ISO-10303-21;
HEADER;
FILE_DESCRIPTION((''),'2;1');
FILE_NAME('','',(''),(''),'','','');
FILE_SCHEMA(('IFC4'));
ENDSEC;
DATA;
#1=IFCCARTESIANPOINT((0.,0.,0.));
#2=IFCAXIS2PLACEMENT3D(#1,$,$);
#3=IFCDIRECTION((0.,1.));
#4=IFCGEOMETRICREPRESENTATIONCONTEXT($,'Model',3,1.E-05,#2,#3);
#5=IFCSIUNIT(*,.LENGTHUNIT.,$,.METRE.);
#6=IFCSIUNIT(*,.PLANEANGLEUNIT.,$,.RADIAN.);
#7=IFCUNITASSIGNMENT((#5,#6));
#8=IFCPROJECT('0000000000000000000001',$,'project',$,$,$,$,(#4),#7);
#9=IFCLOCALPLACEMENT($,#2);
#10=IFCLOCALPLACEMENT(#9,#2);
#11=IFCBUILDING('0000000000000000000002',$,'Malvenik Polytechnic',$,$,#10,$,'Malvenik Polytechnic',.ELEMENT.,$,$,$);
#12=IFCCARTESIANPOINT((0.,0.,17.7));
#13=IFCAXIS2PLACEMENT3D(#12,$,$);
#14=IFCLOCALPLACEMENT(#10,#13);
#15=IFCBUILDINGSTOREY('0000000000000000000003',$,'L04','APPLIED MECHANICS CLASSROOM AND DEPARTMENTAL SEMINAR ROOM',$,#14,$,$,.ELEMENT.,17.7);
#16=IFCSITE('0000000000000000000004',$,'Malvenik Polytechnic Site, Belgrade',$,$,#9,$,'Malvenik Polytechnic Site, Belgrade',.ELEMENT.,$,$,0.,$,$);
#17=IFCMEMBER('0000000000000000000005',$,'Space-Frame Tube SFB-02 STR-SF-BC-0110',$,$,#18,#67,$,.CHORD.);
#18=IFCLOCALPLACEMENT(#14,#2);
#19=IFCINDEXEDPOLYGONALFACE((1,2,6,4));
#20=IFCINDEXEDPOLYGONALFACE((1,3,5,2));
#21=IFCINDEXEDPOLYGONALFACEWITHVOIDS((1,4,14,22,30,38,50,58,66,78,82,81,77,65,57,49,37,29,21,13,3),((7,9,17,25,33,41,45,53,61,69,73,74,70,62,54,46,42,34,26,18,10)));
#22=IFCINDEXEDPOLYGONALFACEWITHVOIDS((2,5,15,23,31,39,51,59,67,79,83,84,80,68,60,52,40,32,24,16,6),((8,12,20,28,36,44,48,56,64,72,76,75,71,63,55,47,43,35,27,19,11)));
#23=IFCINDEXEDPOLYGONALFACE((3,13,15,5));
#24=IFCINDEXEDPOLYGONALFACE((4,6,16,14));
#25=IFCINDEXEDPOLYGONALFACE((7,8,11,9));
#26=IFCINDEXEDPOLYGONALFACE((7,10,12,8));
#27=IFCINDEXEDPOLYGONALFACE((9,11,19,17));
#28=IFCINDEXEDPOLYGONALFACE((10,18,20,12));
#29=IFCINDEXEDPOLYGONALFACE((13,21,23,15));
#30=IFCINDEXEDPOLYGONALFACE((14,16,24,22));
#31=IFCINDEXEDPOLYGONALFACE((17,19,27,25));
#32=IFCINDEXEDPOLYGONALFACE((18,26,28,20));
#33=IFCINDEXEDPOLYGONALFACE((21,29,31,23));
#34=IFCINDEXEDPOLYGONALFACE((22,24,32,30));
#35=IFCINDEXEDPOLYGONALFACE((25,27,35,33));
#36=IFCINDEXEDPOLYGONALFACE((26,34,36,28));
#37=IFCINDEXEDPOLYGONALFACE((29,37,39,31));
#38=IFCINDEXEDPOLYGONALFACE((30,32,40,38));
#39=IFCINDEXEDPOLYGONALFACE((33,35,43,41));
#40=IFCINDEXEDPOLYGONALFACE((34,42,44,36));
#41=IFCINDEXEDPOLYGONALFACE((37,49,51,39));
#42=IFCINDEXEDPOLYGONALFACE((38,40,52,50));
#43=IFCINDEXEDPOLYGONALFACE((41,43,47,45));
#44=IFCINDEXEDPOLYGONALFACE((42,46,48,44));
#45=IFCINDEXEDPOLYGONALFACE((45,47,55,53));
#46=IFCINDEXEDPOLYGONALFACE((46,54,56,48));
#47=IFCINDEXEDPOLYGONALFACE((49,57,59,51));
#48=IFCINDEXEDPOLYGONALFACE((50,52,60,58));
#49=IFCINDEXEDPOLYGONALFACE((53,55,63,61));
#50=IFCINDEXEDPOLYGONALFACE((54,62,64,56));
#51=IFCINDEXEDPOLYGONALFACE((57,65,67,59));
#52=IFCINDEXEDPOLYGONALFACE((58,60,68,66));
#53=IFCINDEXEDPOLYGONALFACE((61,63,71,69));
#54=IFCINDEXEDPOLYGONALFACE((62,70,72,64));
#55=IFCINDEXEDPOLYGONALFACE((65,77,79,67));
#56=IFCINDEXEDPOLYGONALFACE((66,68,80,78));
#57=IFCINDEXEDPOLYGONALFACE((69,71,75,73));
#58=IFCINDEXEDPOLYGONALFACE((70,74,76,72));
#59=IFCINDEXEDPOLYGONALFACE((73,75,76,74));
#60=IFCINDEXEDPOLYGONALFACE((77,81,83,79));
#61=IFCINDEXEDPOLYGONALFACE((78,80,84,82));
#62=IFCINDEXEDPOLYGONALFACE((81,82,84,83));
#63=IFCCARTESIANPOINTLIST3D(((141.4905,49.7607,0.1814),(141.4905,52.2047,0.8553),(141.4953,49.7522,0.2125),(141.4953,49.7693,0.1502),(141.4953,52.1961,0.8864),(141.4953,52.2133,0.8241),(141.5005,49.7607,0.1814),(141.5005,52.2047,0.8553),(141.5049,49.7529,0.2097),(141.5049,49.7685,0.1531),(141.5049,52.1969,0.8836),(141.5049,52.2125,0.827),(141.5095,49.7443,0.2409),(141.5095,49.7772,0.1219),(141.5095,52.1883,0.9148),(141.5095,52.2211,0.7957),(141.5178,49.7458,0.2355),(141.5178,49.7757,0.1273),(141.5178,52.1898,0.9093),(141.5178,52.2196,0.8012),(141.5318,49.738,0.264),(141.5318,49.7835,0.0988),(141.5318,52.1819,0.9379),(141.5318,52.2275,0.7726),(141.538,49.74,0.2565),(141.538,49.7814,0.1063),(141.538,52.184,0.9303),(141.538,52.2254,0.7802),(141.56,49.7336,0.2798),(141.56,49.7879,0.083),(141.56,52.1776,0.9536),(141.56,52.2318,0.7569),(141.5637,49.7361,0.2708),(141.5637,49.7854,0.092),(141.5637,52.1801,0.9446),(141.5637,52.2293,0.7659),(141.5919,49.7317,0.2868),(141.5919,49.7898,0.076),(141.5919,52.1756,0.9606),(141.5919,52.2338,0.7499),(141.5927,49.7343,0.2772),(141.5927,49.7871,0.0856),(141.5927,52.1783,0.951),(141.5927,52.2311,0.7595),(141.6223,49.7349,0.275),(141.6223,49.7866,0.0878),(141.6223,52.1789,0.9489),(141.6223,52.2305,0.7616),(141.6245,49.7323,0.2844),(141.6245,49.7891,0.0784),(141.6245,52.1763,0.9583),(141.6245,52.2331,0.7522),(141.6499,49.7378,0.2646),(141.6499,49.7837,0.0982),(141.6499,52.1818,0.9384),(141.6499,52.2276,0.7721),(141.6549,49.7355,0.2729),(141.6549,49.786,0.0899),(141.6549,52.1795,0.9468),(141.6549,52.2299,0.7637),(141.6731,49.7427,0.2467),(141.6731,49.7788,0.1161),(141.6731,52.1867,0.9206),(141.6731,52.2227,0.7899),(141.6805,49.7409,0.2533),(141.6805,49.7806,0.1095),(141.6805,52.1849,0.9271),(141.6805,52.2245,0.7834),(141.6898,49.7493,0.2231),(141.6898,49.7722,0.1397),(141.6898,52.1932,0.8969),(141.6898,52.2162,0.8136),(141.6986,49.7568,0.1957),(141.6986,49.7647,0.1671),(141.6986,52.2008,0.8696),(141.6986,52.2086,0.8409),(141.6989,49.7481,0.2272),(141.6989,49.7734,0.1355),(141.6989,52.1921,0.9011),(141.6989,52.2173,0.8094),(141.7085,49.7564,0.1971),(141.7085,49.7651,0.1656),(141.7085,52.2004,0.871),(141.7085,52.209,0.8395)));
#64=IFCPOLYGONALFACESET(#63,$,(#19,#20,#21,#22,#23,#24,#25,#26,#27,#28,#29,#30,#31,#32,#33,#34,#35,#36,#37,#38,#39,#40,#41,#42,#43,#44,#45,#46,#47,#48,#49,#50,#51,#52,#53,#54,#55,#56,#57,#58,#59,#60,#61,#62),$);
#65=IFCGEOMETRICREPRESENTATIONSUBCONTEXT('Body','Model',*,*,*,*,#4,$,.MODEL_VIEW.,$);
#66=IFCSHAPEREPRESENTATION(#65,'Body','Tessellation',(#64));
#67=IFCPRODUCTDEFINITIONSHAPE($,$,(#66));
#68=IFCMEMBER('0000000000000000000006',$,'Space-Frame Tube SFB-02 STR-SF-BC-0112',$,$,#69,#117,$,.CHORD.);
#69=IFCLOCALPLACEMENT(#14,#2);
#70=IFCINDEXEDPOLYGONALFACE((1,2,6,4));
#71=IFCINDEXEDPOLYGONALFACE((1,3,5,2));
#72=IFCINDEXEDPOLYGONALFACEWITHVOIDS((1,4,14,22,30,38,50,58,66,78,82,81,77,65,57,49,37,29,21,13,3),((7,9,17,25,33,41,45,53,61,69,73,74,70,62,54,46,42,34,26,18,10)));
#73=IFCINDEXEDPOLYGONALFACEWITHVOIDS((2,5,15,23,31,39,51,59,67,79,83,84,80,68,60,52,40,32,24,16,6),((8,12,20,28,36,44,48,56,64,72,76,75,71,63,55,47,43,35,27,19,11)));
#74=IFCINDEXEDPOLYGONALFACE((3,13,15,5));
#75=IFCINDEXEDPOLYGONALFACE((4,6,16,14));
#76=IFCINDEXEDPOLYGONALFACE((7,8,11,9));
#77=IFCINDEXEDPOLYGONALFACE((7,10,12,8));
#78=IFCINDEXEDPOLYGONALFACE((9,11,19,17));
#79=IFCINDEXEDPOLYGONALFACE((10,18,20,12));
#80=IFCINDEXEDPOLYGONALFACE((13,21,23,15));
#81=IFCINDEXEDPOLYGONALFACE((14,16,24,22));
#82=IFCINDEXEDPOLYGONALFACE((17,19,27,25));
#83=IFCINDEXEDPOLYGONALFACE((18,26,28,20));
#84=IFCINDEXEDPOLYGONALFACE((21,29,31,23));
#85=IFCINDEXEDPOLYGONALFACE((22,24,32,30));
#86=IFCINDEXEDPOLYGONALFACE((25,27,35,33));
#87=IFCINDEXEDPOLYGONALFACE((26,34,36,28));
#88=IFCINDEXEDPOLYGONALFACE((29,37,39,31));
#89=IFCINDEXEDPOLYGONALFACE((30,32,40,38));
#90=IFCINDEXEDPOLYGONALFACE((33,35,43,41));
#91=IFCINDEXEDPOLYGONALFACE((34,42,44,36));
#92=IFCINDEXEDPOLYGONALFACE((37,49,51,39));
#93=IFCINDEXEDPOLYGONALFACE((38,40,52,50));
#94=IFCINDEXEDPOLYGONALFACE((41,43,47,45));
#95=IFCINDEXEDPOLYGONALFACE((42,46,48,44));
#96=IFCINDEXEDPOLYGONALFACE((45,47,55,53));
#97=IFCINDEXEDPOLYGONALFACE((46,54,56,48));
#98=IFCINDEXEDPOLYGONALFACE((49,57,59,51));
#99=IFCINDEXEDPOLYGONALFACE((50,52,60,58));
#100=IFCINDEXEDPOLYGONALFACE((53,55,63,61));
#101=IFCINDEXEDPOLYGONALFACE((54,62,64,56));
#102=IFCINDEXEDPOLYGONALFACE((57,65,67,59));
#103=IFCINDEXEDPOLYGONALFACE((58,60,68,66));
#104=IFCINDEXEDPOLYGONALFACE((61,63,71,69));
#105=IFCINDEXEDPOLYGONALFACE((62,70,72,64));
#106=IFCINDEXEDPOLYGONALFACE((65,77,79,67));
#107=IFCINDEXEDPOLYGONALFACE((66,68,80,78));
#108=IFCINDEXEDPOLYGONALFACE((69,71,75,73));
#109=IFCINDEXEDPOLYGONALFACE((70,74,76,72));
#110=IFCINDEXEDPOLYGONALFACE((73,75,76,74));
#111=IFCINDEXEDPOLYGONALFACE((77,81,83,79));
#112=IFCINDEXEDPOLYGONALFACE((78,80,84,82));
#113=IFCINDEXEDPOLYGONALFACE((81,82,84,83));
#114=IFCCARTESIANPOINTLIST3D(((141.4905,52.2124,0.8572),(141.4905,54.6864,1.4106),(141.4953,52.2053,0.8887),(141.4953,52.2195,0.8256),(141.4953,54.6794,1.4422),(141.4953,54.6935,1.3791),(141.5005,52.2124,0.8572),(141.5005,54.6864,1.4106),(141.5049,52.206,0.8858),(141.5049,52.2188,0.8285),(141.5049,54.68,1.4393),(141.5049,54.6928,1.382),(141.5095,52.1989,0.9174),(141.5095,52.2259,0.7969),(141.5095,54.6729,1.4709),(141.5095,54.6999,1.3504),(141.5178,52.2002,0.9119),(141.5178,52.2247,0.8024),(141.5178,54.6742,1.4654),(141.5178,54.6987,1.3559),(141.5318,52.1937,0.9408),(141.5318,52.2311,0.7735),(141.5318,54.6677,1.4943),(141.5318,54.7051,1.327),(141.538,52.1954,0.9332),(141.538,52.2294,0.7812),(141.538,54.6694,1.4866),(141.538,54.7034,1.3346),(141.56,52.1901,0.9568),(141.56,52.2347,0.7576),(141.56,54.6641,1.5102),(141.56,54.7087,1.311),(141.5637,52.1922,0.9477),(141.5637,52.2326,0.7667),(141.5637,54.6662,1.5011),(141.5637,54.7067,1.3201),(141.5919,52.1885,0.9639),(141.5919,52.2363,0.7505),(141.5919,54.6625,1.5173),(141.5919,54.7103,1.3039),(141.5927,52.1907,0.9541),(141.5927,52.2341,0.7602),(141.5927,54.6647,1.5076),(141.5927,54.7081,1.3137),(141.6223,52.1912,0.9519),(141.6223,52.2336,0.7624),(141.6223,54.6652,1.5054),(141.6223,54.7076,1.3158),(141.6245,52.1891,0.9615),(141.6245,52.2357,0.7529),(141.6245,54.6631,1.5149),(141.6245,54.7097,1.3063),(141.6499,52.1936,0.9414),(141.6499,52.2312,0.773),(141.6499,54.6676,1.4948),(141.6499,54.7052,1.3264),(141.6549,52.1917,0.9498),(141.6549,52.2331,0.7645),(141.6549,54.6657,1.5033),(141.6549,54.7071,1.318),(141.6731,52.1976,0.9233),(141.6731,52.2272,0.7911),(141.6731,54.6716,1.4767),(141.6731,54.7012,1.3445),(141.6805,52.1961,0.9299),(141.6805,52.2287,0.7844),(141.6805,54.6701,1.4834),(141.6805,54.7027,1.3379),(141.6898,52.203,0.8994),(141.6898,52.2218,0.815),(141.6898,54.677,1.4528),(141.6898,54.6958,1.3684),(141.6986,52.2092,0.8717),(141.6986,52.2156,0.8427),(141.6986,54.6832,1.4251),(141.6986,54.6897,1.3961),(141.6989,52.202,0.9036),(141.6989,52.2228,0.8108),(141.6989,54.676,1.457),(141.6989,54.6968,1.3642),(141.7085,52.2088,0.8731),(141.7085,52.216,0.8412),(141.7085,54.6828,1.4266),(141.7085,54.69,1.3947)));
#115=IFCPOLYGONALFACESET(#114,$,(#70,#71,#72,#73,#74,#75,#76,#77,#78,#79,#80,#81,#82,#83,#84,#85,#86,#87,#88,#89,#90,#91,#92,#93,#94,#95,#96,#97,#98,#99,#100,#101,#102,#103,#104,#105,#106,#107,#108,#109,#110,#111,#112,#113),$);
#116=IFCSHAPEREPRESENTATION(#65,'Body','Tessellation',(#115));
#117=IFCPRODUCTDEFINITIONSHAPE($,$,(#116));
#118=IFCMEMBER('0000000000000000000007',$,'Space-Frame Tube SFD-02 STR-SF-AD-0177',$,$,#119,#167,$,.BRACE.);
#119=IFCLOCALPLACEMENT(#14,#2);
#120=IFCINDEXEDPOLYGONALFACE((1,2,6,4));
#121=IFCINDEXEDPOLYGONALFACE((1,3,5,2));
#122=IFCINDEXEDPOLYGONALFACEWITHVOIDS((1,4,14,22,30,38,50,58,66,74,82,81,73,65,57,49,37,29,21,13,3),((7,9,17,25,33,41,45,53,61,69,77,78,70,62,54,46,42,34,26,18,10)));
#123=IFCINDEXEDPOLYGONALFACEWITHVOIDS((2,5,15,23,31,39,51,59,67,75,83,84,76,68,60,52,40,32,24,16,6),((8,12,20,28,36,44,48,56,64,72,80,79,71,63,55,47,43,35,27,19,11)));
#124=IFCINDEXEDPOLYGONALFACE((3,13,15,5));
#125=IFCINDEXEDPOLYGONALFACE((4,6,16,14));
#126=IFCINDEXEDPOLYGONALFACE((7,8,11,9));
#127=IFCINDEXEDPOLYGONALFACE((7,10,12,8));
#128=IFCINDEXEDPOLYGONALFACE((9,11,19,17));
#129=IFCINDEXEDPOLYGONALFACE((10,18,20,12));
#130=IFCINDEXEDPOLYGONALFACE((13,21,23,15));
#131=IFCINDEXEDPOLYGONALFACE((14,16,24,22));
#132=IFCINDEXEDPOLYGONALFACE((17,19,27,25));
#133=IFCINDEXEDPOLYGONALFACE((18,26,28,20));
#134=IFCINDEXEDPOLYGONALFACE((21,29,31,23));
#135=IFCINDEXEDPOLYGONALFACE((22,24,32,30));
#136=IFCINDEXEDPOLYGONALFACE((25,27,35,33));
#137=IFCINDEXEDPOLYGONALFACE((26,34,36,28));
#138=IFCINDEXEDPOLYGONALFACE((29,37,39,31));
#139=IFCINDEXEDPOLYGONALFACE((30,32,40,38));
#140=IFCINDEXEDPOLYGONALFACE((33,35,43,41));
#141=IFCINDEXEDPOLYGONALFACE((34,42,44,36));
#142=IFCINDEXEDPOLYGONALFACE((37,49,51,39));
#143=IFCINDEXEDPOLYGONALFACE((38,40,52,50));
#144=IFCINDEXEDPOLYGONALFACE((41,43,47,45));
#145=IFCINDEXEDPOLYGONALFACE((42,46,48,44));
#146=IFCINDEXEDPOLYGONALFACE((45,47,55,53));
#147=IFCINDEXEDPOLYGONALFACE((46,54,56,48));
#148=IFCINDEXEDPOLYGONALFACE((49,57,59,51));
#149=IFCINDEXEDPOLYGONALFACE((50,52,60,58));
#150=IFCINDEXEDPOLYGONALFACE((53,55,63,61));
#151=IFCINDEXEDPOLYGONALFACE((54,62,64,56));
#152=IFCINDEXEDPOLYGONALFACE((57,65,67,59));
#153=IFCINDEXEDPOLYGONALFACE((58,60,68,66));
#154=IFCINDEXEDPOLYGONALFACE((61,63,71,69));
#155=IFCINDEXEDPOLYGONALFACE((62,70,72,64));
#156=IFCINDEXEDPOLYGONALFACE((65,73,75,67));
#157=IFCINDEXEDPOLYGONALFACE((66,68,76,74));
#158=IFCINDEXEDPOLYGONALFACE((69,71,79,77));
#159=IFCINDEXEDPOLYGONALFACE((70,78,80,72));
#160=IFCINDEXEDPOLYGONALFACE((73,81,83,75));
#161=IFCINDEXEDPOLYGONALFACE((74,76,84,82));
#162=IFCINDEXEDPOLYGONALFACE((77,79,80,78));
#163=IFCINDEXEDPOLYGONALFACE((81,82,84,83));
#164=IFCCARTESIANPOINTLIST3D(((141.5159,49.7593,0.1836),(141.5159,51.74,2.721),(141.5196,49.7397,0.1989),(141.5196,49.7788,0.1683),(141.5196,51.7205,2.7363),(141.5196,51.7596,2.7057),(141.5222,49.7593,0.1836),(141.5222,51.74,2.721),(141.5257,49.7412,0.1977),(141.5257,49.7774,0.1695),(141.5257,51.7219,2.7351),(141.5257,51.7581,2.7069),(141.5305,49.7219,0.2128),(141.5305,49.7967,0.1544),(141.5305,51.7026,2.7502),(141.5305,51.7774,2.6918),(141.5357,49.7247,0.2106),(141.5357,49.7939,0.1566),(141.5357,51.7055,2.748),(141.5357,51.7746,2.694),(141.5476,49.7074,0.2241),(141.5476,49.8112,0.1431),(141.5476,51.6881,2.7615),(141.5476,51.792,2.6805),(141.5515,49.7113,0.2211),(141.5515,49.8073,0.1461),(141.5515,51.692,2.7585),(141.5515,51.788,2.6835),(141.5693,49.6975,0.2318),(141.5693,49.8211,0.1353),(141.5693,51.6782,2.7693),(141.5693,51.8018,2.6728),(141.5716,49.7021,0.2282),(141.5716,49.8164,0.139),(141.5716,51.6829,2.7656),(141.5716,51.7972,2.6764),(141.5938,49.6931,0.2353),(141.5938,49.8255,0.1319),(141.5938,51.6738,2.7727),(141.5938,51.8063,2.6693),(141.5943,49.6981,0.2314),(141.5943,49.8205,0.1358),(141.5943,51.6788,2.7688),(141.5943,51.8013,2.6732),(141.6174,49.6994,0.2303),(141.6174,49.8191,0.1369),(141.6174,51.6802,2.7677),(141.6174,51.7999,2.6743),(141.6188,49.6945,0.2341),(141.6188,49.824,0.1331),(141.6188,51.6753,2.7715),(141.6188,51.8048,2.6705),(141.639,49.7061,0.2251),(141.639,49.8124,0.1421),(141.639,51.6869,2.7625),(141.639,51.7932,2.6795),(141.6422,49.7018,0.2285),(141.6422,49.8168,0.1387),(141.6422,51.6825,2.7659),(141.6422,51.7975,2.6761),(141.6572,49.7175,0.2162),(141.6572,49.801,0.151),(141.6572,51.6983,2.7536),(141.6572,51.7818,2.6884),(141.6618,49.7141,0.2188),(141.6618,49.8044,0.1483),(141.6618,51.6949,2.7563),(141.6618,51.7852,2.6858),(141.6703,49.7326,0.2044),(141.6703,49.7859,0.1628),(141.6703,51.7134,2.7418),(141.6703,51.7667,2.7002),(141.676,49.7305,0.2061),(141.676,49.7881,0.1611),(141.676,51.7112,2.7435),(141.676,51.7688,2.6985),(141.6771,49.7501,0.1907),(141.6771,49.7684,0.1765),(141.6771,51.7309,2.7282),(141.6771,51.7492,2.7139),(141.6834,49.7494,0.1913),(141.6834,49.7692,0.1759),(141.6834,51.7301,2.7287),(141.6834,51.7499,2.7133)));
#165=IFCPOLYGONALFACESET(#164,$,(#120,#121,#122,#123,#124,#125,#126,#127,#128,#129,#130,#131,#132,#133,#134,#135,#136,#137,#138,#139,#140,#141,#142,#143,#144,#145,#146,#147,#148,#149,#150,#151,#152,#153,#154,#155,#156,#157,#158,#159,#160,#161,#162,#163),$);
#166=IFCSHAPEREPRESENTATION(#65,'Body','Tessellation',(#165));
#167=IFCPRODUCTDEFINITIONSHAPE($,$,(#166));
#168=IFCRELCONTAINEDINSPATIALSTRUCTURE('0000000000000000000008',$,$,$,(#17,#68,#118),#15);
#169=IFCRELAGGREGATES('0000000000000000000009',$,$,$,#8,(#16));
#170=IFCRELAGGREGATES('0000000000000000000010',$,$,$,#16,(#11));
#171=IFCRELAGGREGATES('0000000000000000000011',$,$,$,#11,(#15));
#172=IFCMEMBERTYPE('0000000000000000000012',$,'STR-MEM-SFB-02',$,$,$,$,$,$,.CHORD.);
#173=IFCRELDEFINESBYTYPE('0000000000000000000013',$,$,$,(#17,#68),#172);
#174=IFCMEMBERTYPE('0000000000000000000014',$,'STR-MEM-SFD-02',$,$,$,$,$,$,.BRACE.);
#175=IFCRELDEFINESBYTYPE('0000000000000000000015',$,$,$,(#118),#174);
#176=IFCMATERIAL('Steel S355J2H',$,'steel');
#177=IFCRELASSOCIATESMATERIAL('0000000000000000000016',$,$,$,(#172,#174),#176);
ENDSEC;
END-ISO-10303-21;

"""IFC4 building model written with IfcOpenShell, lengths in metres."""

from ifc_helpers import new_model, si_unit, direction, frame, origin, origin_2d, place, context, subcontext, project, spatial, hollow_circle, extrude, material, material_profile, profile_set, type_object, element, save


model = new_model("IFC4")

# Units and contexts
model_context = context("Model", 3, precision=1e-05, world=origin(), true_north=direction((0.0, 1.0)))
body_context = subcontext(model_context, "Body", "Model", "MODEL_VIEW")
ifc_project = project(units=[si_unit("LENGTHUNIT", "METRE"), si_unit("PLANEANGLEUNIT", "RADIAN")], contexts=[model_context])

# Site, building, storey
site_placement = place(None, origin())
site = spatial("IfcSite", under=ifc_project, at=site_placement, Name="Malvenik Polytechnic Site, Belgrade", LongName="Malvenik Polytechnic Site, Belgrade", CompositionType="ELEMENT", RefElevation=0.0)
building_placement = place(site_placement, origin())
building = spatial("IfcBuilding", under=site, at=building_placement, Name="Malvenik Polytechnic", LongName="Malvenik Polytechnic", CompositionType="ELEMENT")
storey_placement = place(building_placement, frame((0.0, 0.0, 17.7)))
storey = spatial("IfcBuildingStorey", under=building, at=storey_placement, Name="L04", Description="APPLIED MECHANICS CLASSROOM AND DEPARTMENTAL SEMINAR ROOM", CompositionType="ELEMENT", Elevation=17.7)

# Members
ifc_material = material(Name="Steel S355J2H", Category="steel")
ifc_material_profile_1 = material_profile(ifc_material, hollow_circle(Radius=0.1096, WallThickness=0.01, at=origin_2d()), Name="CHS 219.1x10.0")
ifc_profile_set_1 = profile_set([ifc_material_profile_1], Name="Steel S355J2H")
member_type_1 = type_object("IfcMemberType", Name="STR-MEM-SFB-02", PredefinedType="CHORD", material=ifc_profile_set_1)
for number, where, z_axis, x_axis, name in (
    (1, (141.6001, 49.7607, 0.1814), (0.0, 0.964027, 0.265806), (-1.0, 0.0, 0.0), "Space-Frame Tube SFB-02 STR-SF-BC-0110"),
    (2, (141.6001, 52.2124, 0.8572), (0.0, 0.97588, 0.218307), (-1.0, 0.0, 0.0), "Space-Frame Tube SFB-02 STR-SF-BC-0112"),
):
    element("IfcMember", number, at=place(storey_placement, frame(where, z_axis=z_axis, x_axis=x_axis)), inside=storey, type_object=member_type_1, Name=name, PredefinedType="CHORD", context=body_context, shape_type="SweptSolid", body=[
        extrude(hollow_circle(Radius=0.1096, WallThickness=0.01, at=origin_2d()), origin(), (0.0, 0.0, 1.0), 2.5352),
    ])
ifc_material_profile_2 = material_profile(ifc_material, hollow_circle(Radius=0.0842, WallThickness=0.0063, at=origin_2d()), Name="CHS 168.3x6.3")
ifc_profile_set_2 = profile_set([ifc_material_profile_2], Name="Steel S355J2H")
member_type_2 = type_object("IfcMemberType", Name="STR-MEM-SFD-02", PredefinedType="BRACE", material=ifc_profile_set_2)
member_1_placement = place(storey_placement, frame((141.6001, 49.7593, 0.1836), z_axis=(0.0, 0.615336, 0.788265), x_axis=(-1.0, 0.0, 0.0)))
element("IfcMember", 3, at=member_1_placement, inside=storey, type_object=member_type_2, Name="Space-Frame Tube SFD-02 STR-SF-AD-0177", PredefinedType="BRACE", context=body_context, shape_type="SweptSolid", body=[
    extrude(hollow_circle(Radius=0.0842, WallThickness=0.0063, at=origin_2d()), origin(), (0.0, 0.0, 1.0), 3.219),
])

save(model, "model.ifc")
